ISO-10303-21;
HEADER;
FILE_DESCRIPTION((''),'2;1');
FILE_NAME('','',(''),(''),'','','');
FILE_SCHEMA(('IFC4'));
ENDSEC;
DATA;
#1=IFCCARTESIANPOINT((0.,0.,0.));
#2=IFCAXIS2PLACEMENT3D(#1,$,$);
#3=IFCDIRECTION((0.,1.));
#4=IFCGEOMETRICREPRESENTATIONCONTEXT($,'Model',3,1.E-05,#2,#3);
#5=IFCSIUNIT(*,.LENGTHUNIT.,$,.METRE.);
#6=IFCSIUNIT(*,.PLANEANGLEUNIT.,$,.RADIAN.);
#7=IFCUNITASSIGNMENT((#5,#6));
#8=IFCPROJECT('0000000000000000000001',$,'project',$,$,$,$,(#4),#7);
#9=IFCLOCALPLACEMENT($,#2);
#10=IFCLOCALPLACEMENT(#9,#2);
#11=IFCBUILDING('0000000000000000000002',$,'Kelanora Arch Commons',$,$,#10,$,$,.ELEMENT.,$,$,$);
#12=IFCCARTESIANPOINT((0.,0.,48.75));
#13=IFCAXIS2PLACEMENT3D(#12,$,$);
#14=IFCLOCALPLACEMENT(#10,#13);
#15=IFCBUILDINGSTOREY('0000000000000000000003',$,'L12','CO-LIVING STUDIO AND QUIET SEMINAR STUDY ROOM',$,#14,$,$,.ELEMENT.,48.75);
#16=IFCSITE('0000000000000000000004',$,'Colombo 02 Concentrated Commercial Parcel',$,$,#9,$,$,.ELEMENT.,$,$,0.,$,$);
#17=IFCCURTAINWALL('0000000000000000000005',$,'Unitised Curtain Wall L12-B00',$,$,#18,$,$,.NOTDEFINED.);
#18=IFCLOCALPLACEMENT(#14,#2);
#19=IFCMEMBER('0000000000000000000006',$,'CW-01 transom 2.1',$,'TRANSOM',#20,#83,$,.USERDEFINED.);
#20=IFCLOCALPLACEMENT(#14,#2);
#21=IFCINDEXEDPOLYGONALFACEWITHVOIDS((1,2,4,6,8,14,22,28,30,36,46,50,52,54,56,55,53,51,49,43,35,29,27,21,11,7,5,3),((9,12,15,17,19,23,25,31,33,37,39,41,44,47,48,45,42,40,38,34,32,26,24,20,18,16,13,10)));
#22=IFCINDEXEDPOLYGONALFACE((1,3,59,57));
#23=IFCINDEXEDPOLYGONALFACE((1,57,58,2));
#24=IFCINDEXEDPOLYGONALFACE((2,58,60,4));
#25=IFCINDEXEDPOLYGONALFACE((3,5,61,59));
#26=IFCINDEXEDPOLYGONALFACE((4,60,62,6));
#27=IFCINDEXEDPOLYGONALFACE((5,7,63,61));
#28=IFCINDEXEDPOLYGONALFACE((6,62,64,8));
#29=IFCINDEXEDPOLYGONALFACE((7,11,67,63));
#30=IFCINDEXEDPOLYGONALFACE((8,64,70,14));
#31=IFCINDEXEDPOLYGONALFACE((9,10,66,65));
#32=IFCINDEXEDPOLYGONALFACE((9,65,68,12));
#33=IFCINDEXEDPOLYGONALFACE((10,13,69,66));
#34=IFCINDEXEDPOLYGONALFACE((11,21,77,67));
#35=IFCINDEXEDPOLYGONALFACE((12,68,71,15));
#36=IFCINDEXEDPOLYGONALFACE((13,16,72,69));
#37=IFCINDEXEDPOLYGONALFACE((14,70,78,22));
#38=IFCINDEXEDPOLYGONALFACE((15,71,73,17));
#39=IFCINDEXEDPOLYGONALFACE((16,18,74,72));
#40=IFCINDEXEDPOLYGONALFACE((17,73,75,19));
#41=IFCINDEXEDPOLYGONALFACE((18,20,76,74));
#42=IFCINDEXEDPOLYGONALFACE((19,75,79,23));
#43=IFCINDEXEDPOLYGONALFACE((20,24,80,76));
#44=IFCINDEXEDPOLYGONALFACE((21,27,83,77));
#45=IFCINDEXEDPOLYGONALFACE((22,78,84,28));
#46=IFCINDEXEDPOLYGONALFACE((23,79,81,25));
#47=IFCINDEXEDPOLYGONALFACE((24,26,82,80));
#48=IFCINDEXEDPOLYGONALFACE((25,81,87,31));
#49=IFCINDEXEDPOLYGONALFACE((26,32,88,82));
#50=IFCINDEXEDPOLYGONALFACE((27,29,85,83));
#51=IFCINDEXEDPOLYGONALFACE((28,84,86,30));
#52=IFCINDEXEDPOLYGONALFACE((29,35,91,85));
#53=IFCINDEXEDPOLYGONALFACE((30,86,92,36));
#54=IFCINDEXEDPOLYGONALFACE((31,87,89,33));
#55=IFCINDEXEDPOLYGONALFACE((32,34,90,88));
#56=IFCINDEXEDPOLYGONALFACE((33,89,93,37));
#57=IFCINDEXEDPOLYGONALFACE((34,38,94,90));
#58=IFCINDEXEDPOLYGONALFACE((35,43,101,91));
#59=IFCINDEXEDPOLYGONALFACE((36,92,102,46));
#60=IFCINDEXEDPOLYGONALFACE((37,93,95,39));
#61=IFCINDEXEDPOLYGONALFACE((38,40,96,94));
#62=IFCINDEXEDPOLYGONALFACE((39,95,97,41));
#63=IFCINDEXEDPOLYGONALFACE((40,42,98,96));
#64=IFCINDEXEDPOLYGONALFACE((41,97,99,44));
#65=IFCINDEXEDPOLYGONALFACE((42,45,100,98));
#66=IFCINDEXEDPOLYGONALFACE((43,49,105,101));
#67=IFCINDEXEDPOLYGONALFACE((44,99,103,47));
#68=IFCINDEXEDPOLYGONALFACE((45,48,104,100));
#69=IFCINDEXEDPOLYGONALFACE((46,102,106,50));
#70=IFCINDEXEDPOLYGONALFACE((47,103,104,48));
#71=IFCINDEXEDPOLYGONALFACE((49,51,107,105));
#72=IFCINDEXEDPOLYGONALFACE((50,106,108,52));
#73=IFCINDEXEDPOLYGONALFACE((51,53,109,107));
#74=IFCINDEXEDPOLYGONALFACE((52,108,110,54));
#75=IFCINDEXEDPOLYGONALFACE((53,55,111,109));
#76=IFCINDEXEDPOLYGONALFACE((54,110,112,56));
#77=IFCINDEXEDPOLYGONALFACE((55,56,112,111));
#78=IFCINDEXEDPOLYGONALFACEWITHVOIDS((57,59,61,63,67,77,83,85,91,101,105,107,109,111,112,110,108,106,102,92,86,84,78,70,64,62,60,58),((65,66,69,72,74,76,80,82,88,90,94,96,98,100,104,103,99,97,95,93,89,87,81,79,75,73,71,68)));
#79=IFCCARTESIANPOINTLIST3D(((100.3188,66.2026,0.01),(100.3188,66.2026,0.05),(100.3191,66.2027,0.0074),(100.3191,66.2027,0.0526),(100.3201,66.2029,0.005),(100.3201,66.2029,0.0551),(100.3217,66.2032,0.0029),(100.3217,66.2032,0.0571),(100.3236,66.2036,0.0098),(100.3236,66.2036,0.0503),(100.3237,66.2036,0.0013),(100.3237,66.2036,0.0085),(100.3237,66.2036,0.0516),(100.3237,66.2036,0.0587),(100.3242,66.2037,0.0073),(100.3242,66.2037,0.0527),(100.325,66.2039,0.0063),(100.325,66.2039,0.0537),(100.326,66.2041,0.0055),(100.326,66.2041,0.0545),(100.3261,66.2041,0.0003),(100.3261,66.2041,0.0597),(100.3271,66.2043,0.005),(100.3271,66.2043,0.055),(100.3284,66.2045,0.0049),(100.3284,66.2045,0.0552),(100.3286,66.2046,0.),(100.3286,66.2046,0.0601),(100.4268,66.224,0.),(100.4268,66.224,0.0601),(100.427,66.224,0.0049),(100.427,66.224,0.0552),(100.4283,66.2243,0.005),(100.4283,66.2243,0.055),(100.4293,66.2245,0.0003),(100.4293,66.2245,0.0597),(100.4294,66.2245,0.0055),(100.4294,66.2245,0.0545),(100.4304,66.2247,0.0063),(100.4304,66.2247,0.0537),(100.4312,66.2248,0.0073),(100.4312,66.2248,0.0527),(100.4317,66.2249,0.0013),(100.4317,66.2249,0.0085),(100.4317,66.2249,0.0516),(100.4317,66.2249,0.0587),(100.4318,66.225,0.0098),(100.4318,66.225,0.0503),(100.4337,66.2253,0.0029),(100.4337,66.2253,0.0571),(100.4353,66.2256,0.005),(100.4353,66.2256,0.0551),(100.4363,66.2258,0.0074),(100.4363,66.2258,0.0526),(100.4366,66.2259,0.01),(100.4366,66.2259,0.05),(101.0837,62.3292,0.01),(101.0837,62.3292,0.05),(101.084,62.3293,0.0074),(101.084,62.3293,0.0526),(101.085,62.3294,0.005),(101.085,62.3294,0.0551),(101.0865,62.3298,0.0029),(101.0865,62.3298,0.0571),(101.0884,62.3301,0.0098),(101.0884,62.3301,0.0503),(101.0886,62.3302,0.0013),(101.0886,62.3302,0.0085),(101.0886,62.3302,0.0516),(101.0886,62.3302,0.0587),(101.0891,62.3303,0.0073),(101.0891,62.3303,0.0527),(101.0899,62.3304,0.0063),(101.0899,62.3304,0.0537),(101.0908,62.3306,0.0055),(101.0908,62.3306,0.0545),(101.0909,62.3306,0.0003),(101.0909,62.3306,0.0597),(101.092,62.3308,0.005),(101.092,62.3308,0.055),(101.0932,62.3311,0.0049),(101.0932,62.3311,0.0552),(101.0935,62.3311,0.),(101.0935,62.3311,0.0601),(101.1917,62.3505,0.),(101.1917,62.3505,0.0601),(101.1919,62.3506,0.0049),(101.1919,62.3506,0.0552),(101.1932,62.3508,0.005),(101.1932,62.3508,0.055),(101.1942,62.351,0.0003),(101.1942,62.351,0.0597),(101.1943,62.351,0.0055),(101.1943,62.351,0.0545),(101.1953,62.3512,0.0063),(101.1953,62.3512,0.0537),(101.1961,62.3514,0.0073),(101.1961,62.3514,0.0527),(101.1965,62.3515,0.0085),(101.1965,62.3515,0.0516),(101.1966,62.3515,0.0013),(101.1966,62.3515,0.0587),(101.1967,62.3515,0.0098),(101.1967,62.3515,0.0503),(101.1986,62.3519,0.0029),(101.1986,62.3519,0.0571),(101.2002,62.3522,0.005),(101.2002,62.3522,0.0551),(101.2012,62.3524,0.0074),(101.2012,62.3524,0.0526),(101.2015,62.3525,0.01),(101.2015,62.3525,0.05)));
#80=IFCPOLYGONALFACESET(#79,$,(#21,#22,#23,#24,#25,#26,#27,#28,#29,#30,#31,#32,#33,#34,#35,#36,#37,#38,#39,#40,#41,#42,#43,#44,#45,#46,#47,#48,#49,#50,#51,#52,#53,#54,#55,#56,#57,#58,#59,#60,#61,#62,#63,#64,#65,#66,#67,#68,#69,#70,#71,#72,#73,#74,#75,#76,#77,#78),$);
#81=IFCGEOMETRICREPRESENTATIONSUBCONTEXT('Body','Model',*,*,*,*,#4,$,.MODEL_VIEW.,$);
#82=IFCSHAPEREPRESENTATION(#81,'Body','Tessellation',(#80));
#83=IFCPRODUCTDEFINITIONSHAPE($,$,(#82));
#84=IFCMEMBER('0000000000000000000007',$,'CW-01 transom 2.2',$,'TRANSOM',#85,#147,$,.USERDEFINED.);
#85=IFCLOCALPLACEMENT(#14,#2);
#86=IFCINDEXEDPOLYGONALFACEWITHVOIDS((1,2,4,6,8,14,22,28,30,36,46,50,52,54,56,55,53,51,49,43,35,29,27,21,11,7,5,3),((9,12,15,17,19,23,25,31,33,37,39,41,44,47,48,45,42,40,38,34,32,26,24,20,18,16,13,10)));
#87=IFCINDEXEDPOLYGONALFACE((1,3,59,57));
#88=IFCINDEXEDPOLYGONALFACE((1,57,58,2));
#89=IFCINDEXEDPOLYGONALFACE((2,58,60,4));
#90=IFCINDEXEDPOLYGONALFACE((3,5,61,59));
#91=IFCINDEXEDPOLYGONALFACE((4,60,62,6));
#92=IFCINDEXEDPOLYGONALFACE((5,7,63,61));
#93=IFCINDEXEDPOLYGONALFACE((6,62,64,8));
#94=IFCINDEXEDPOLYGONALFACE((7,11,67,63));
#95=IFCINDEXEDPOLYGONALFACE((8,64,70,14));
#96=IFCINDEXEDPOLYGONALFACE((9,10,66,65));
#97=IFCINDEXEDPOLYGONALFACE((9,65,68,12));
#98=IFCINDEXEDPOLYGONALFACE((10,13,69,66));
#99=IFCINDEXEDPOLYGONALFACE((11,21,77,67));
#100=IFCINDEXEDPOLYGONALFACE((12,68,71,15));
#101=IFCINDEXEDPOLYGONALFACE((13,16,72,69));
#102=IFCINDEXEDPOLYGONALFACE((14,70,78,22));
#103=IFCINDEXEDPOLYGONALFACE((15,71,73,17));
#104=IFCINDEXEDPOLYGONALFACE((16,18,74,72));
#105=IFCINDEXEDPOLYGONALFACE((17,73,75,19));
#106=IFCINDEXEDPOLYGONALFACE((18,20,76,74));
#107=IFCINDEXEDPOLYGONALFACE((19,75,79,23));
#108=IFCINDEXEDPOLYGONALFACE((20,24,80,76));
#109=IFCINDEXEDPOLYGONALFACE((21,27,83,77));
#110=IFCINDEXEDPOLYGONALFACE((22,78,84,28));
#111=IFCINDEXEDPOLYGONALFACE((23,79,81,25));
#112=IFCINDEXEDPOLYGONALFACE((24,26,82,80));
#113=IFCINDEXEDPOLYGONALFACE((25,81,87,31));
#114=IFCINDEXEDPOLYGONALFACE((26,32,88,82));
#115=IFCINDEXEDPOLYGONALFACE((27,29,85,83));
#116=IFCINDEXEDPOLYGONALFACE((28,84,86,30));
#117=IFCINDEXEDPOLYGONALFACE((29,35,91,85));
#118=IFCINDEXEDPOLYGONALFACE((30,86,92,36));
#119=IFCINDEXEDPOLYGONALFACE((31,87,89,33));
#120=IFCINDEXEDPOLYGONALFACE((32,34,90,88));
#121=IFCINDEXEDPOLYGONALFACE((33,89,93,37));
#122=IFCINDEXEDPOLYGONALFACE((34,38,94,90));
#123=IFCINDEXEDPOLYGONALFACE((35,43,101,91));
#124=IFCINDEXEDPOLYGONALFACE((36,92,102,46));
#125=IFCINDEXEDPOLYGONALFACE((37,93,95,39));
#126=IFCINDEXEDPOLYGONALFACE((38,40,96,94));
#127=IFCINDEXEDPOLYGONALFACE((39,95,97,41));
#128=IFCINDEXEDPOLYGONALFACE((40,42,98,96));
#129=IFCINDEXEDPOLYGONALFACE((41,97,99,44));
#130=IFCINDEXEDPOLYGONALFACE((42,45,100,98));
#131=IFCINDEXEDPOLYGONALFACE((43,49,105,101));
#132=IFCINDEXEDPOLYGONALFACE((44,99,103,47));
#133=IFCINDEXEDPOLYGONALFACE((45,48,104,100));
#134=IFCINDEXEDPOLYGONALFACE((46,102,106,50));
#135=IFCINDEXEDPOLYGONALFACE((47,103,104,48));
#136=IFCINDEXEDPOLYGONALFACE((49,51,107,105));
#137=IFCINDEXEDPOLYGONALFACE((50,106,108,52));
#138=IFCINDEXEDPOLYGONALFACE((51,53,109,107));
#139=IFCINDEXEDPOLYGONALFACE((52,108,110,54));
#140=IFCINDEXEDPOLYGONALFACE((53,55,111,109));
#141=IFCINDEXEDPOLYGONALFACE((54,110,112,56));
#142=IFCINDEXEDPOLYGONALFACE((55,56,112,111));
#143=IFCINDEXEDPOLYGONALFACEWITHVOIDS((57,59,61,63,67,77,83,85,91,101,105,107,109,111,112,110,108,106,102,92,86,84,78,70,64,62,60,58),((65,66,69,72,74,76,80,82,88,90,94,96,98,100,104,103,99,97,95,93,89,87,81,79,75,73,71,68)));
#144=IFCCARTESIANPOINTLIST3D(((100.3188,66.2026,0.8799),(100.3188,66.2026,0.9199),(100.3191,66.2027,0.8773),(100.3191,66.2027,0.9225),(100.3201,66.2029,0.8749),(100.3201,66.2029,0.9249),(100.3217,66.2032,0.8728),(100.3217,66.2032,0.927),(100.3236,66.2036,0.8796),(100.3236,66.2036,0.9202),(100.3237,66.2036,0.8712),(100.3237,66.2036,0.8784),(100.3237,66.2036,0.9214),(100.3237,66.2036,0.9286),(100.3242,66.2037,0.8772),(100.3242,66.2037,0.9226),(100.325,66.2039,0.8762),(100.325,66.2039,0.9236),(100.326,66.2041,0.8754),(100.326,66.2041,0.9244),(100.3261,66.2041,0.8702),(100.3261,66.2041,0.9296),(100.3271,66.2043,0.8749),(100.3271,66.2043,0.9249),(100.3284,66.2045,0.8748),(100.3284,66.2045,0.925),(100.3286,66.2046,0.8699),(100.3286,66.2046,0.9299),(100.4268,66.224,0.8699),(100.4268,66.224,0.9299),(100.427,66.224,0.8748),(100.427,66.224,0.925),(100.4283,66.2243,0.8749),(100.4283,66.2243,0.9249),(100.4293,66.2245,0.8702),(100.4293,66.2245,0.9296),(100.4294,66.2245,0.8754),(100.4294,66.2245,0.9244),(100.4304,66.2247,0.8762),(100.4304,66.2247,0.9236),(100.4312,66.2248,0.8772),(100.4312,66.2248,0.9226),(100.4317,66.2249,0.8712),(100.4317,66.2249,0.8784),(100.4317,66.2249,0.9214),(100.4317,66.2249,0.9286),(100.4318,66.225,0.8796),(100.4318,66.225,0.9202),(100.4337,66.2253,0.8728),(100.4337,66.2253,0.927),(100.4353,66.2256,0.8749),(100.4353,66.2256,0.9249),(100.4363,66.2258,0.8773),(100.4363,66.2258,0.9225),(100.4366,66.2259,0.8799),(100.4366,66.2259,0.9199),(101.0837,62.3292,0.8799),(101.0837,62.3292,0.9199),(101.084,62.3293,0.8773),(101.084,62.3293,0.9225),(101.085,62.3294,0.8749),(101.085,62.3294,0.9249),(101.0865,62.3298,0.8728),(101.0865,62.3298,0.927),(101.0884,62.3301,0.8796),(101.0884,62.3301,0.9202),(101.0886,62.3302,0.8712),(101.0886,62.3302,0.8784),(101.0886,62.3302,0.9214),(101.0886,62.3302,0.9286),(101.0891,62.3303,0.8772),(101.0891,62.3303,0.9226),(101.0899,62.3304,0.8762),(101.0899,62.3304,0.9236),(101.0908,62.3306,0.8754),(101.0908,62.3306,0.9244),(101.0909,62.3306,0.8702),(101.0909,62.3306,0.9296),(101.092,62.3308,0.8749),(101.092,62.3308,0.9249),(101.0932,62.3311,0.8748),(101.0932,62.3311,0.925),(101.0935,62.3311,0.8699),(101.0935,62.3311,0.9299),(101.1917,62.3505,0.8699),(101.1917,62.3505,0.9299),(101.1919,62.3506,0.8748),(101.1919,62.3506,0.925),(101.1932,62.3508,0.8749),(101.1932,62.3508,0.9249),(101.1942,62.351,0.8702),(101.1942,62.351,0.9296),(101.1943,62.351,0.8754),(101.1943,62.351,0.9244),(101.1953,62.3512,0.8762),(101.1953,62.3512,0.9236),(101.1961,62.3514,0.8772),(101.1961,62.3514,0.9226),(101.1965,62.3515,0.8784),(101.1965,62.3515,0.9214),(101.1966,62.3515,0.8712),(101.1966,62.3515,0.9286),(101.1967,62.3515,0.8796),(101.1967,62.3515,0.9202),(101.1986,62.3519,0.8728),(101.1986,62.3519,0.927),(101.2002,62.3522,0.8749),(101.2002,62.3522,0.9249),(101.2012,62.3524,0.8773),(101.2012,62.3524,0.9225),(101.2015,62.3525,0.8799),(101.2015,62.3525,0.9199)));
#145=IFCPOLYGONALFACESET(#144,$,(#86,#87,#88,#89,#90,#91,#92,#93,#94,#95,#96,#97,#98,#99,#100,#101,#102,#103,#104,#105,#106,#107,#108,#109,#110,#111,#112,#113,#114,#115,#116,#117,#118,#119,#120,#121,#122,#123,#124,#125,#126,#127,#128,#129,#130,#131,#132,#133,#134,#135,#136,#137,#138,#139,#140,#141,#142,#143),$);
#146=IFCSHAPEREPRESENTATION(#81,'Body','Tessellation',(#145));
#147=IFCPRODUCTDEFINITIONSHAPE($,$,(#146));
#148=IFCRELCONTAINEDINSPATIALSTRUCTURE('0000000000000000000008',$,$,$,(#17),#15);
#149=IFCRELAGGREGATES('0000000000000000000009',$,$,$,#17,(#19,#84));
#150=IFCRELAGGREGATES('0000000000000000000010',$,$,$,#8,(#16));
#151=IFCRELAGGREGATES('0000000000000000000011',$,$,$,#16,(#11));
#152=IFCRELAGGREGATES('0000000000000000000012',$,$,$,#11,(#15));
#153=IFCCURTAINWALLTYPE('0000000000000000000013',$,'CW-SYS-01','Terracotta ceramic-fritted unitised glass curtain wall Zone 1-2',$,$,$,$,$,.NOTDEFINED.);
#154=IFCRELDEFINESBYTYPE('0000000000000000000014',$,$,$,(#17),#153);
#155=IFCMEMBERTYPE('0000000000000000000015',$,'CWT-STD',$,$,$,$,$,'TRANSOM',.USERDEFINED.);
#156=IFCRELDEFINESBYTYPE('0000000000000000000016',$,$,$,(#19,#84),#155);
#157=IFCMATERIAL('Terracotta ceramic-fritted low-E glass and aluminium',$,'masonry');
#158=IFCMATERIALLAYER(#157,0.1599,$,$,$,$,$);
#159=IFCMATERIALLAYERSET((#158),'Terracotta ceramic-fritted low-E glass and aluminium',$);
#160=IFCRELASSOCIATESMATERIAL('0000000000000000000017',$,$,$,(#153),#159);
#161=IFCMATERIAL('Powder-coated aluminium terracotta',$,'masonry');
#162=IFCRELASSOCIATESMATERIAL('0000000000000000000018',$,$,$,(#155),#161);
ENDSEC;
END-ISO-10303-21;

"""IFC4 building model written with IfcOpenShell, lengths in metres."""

from ifc_helpers import new_model, si_unit, direction, frame, origin, origin_2d, place, context, subcontext, project, spatial, hollow_rectangle, extrude, material, layer, layer_set, material_profile, profile_set, type_object, element, aggregate, save


model = new_model("IFC4")

# Units and contexts
model_context = context("Model", 3, precision=1e-05, world=origin(), true_north=direction((0.0, 1.0)))
body_context = subcontext(model_context, "Body", "Model", "MODEL_VIEW")
ifc_project = project(units=[si_unit("LENGTHUNIT", "METRE"), si_unit("PLANEANGLEUNIT", "RADIAN")], contexts=[model_context])

# Site, building, storey
site_placement = place(None, origin())
site = spatial("IfcSite", under=ifc_project, at=site_placement, Name="Colombo 02 Concentrated Commercial Parcel", CompositionType="ELEMENT", RefElevation=0.0)
building_placement = place(site_placement, origin())
building = spatial("IfcBuilding", under=site, at=building_placement, Name="Kelanora Arch Commons", CompositionType="ELEMENT")
storey_placement = place(building_placement, frame((0.0, 0.0, 48.75)))
storey = spatial("IfcBuildingStorey", under=building, at=storey_placement, Name="L12", Description="CO-LIVING STUDIO AND QUIET SEMINAR STUDY ROOM", CompositionType="ELEMENT", Elevation=48.75)

# Curtain wall, members
ifc_material_1 = material(Name="Terracotta ceramic-fritted low-E glass and aluminium", Category="masonry")
ifc_layer_1 = layer(ifc_material_1, 0.1599)
ifc_layer_set_1 = layer_set([ifc_layer_1], Name="Terracotta ceramic-fritted low-E glass and aluminium")
curtain_wall_type = type_object("IfcCurtainWallType", Name="CW-SYS-01", Description="Terracotta ceramic-fritted unitised glass curtain wall Zone 1-2", PredefinedType="NOTDEFINED", material=ifc_layer_set_1)
curtain_wall_placement = place(storey_placement, origin())
curtain_wall = element("IfcCurtainWall", 1, at=curtain_wall_placement, inside=storey, type_object=curtain_wall_type, Name="Unitised Curtain Wall L12-B00", PredefinedType="NOTDEFINED")
ifc_material_2 = material(Name="Powder-coated aluminium terracotta", Category="masonry")
ifc_material_profile_1 = material_profile(ifc_material_2, hollow_rectangle(XDim=0.1201, YDim=0.0601, WallThickness=0.0049, InnerFilletRadius=0.0049, OuterFilletRadius=0.01, at=origin_2d()), Name="CWT120x60")
ifc_profile_set_1 = profile_set([ifc_material_profile_1], Name="Powder-coated aluminium terracotta")
member_type_1 = type_object("IfcMemberType", Name="CWT-STD", ElementType="TRANSOM", PredefinedType="USERDEFINED", material=ifc_profile_set_1)
member_1_placement = place(storey_placement, frame((101.1426, 62.3408, 0.03), z_axis=(-0.193725, 0.981056, 0.0), x_axis=(-0.981056, -0.193725, 0.0)))
member_1 = element("IfcMember", 2, at=member_1_placement, type_object=member_type_1, Name="CW-01 transom 2.1", ObjectType="TRANSOM", PredefinedType="USERDEFINED", context=body_context, shape_type="SweptSolid", body=[
    extrude(hollow_rectangle(XDim=0.1201, YDim=0.0601, WallThickness=0.0049, InnerFilletRadius=0.0049, OuterFilletRadius=0.01, at=origin_2d()), origin(), (0.0, 0.0, 1.0), 3.9482),
])
member_2_placement = place(storey_placement, frame((101.1426, 62.3408, 0.8999), z_axis=(-0.193725, 0.981056, 0.0), x_axis=(-0.981056, -0.193725, 0.0)))
member_2 = element("IfcMember", 3, at=member_2_placement, type_object=member_type_1, Name="CW-01 transom 2.2", ObjectType="TRANSOM", PredefinedType="USERDEFINED", context=body_context, shape_type="SweptSolid", body=[
    extrude(hollow_rectangle(XDim=0.1201, YDim=0.0601, WallThickness=0.0049, InnerFilletRadius=0.0049, OuterFilletRadius=0.01, at=origin_2d()), origin(), (0.0, 0.0, 1.0), 3.9482),
])
aggregate(curtain_wall, [member_1, member_2])

save(model, "model.ifc")
